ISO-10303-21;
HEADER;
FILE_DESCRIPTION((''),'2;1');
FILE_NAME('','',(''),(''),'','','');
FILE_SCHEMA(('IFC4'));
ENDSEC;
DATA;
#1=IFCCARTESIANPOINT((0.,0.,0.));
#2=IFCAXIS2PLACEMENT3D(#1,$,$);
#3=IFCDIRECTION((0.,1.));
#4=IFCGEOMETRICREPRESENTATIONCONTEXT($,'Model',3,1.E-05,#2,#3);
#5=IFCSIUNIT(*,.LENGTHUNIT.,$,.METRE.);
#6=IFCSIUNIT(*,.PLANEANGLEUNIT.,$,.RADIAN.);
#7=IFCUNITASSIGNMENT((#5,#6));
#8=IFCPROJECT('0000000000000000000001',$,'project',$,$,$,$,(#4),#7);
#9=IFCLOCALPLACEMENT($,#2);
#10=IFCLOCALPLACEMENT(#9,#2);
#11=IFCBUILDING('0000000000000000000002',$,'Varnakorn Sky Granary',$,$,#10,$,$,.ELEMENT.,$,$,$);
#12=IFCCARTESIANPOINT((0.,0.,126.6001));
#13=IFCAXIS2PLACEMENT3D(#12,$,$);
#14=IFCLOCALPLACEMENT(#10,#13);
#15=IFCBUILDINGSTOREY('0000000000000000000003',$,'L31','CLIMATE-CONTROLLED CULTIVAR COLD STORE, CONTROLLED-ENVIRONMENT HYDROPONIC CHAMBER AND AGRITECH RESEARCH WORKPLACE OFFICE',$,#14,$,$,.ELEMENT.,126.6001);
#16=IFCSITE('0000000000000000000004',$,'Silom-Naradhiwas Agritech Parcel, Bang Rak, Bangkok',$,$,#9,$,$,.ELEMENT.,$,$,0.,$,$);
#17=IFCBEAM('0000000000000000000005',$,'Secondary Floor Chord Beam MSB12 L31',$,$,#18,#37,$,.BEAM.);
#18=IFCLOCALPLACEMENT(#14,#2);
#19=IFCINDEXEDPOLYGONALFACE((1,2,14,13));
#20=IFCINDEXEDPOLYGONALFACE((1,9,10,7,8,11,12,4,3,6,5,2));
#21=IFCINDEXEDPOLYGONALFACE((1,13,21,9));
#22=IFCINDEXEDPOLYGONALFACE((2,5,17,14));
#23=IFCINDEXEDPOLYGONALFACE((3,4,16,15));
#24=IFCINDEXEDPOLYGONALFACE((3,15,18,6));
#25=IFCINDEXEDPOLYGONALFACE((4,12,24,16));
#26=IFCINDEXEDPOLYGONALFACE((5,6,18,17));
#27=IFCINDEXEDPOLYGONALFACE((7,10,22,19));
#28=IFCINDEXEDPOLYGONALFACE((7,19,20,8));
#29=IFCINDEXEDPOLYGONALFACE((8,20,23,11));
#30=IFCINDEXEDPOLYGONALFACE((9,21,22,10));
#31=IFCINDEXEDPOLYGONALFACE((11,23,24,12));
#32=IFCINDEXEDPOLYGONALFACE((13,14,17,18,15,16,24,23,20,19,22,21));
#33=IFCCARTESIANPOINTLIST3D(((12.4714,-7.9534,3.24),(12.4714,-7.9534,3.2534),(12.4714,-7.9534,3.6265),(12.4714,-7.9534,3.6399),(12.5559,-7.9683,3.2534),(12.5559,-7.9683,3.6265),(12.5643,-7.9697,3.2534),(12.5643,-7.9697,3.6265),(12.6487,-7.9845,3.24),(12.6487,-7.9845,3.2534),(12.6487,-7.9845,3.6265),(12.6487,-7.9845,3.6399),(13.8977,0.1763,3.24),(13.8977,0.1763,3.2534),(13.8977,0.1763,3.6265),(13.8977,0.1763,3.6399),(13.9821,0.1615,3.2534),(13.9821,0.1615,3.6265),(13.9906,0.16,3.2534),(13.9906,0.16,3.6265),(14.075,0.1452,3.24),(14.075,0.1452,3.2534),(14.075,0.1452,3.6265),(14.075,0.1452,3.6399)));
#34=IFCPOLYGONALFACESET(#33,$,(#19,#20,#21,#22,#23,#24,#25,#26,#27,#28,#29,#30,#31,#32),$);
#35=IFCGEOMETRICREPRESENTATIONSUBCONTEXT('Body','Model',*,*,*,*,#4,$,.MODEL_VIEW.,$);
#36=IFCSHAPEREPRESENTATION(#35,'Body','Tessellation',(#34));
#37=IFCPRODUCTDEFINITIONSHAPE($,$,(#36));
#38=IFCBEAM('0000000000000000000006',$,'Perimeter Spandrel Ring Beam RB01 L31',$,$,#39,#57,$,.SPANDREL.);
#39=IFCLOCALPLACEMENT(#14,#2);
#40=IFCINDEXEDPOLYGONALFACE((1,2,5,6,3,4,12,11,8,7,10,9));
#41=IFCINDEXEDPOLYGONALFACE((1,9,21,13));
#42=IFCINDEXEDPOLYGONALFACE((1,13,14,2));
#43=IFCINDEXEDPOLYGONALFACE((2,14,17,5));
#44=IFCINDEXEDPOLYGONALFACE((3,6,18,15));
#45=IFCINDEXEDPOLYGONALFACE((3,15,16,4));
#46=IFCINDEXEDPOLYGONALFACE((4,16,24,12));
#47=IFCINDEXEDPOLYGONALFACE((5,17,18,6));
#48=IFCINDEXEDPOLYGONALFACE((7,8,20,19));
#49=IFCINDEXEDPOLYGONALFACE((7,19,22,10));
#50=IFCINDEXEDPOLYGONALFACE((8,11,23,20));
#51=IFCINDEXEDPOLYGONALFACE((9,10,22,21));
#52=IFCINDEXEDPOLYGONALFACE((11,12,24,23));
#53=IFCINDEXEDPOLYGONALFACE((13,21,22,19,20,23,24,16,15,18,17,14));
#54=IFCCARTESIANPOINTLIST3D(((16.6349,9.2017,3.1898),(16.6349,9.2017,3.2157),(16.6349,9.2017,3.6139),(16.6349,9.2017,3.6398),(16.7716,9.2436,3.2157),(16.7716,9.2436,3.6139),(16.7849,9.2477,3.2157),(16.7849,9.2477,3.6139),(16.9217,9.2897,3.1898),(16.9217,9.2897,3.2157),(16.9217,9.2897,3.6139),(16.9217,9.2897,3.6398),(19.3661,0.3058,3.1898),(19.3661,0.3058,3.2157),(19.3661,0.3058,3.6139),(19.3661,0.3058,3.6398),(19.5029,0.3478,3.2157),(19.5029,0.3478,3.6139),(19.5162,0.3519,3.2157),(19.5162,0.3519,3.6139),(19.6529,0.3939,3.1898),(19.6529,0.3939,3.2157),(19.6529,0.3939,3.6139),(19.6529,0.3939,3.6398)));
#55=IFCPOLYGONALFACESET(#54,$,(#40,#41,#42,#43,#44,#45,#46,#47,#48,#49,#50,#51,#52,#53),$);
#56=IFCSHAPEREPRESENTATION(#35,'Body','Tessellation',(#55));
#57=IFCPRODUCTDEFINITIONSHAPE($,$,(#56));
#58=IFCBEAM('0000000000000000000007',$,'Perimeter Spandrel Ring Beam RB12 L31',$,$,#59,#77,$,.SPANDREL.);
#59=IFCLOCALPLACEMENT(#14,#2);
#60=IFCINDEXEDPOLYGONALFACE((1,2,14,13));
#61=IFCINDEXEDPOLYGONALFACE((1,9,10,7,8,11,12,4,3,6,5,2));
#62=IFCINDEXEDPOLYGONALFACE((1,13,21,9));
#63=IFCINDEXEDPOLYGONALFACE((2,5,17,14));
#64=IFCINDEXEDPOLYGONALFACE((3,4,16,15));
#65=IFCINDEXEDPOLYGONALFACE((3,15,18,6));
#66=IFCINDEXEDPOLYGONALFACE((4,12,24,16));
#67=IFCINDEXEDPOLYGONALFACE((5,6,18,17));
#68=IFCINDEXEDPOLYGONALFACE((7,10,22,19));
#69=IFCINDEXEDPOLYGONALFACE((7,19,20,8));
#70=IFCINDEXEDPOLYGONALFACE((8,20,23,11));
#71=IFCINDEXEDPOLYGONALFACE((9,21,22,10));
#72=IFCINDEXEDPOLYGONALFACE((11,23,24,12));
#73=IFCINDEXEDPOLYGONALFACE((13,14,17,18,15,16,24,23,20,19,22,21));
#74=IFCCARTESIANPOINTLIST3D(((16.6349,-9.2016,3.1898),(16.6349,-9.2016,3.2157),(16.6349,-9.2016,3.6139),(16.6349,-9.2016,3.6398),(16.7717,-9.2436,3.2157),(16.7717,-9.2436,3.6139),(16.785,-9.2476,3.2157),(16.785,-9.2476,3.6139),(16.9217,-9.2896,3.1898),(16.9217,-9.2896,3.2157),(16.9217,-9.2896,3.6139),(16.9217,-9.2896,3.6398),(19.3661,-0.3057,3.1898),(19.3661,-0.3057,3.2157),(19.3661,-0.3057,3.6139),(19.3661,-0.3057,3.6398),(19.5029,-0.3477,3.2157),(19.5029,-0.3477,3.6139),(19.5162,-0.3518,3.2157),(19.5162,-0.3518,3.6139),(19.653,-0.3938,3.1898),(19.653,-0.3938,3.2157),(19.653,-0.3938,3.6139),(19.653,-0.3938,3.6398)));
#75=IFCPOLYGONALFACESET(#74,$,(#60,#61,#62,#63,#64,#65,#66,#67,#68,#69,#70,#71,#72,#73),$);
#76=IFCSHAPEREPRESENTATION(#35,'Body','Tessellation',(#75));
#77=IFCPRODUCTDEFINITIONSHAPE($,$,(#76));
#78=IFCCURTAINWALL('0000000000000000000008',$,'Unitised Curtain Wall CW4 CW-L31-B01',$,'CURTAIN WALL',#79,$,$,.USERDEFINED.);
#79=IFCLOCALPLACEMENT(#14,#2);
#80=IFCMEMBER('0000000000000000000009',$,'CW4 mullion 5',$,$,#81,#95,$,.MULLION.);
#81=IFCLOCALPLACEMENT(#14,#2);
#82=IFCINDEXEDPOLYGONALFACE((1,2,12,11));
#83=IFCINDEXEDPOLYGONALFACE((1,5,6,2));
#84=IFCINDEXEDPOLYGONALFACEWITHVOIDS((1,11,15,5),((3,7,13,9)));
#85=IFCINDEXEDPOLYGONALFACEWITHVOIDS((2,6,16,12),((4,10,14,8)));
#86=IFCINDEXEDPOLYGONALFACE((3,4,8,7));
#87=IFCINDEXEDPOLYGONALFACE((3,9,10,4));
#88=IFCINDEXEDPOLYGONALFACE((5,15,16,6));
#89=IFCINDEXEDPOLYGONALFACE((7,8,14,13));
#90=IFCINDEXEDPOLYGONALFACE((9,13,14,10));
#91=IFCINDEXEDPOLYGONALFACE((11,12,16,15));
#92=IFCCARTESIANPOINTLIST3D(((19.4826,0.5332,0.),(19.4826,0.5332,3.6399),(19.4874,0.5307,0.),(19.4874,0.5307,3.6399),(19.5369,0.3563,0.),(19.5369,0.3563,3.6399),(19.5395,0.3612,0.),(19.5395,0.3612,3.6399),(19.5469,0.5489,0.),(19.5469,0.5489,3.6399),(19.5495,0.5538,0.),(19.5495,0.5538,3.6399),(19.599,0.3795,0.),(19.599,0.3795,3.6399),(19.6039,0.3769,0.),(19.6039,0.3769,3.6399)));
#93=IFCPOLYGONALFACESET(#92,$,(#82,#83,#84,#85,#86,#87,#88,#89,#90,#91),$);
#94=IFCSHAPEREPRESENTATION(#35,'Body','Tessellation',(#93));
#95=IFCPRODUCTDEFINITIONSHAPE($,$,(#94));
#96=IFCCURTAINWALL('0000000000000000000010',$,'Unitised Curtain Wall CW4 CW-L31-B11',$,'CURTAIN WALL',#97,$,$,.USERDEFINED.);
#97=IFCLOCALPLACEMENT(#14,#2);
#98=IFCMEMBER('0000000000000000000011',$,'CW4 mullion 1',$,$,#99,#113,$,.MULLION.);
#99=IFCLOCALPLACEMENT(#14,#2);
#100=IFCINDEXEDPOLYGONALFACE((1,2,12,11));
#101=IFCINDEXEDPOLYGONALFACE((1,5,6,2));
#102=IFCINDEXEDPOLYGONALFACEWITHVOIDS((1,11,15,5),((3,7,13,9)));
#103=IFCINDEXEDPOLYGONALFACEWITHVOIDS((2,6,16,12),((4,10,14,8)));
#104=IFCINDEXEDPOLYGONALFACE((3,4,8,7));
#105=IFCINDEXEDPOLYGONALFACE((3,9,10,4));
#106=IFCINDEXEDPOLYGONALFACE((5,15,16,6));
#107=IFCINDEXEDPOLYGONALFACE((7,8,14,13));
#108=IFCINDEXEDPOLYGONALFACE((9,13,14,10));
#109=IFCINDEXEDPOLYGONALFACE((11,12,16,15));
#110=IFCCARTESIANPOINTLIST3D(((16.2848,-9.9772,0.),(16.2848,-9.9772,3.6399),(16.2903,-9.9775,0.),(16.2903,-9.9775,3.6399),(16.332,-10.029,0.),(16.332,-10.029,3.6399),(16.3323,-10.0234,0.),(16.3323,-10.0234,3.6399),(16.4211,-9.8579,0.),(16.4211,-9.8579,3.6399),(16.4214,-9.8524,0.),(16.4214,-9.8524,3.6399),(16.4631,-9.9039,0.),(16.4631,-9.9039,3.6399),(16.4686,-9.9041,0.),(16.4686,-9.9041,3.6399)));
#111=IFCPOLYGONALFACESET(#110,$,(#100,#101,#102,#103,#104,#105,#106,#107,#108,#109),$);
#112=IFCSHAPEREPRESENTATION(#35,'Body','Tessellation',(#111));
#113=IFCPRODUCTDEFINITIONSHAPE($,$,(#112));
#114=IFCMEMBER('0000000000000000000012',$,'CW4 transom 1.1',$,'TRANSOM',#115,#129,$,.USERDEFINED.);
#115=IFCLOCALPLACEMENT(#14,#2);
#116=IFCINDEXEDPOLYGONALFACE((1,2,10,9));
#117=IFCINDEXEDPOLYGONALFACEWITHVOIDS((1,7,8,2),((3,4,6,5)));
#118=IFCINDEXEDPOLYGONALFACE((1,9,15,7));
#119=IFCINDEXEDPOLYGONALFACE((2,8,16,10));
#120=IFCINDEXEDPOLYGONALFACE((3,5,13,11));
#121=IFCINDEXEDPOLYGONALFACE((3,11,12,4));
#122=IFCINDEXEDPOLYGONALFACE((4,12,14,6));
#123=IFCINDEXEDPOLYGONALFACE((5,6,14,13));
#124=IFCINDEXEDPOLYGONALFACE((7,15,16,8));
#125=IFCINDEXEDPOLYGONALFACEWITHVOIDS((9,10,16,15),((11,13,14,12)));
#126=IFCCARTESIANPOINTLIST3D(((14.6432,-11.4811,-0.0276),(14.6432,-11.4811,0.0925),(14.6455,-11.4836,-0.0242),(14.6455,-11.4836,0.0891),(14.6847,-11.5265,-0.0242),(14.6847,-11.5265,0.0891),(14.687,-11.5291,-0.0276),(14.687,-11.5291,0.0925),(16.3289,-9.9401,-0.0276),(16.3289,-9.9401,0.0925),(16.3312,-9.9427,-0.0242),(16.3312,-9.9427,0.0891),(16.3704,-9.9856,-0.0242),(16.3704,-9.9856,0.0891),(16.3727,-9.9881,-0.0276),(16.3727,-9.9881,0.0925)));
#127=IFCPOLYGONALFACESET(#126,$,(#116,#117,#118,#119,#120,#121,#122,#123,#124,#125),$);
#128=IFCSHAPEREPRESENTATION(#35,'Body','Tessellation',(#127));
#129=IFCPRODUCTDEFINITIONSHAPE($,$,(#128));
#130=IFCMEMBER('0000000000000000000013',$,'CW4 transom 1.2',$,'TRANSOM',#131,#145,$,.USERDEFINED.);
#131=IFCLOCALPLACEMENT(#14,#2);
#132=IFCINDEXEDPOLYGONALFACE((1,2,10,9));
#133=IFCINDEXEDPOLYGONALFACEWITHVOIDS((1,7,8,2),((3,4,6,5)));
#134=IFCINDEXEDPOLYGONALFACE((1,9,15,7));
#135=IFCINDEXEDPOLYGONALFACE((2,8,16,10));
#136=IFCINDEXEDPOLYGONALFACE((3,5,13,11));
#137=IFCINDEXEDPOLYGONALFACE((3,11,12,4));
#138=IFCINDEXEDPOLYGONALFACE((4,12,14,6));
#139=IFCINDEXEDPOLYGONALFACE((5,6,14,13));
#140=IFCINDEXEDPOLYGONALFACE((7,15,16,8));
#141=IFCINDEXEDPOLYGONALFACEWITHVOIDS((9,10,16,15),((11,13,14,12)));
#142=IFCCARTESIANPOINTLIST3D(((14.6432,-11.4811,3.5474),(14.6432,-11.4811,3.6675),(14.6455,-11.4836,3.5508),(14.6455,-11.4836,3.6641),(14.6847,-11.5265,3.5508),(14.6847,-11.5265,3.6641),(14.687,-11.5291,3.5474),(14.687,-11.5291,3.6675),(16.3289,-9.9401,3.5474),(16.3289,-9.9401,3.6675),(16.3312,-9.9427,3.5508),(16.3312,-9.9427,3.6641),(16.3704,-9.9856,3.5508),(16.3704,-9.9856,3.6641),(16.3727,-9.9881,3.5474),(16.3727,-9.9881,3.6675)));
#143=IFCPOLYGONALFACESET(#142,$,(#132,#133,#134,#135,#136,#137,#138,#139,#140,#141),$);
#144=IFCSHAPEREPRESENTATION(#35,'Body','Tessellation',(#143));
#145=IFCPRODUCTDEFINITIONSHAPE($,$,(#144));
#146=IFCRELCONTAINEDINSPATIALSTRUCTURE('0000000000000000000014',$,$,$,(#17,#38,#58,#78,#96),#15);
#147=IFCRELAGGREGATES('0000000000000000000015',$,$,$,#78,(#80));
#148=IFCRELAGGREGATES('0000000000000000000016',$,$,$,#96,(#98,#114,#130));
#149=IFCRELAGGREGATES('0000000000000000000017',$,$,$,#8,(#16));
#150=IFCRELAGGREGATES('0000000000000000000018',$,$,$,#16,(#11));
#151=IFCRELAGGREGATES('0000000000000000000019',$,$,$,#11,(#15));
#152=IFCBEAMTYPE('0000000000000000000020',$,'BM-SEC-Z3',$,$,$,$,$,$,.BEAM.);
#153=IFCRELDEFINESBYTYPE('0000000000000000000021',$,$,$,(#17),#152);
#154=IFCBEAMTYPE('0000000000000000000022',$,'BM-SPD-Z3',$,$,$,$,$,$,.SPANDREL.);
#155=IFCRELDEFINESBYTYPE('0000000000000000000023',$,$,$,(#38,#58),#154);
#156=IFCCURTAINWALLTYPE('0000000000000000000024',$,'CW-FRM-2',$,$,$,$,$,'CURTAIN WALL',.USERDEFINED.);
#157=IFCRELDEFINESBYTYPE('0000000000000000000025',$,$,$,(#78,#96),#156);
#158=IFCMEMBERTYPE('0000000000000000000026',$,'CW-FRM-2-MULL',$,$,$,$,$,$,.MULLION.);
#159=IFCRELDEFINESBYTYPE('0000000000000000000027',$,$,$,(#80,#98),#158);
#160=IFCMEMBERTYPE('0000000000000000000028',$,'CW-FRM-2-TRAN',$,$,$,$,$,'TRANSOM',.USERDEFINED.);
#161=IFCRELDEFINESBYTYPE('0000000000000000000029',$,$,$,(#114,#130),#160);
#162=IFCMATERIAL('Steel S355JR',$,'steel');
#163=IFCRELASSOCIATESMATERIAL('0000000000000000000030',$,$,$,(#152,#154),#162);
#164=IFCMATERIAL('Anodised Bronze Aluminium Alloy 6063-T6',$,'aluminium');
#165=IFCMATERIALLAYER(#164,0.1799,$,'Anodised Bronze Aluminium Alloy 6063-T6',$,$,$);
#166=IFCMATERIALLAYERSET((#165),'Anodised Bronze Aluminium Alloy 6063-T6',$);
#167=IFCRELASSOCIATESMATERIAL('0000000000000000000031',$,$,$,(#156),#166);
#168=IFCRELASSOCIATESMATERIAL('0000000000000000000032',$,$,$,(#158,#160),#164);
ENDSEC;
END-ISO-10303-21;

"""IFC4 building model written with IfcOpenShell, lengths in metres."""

from ifc_helpers import new_model, si_unit, direction, frame, origin, origin_2d, place, context, subcontext, project, spatial, hollow_rectangle, i_section, extrude, material, layer, layer_set, material_profile, profile_set, type_object, element, aggregate, save


model = new_model("IFC4")

# Units and contexts
model_context = context("Model", 3, precision=1e-05, world=origin(), true_north=direction((0.0, 1.0)))
body_context = subcontext(model_context, "Body", "Model", "MODEL_VIEW")
ifc_project = project(units=[si_unit("LENGTHUNIT", "METRE"), si_unit("PLANEANGLEUNIT", "RADIAN")], contexts=[model_context])

# Site, building, storey
site_placement = place(None, origin())
site = spatial("IfcSite", under=ifc_project, at=site_placement, Name="Silom-Naradhiwas Agritech Parcel, Bang Rak, Bangkok", CompositionType="ELEMENT", RefElevation=0.0)
building_placement = place(site_placement, origin())
building = spatial("IfcBuilding", under=site, at=building_placement, Name="Varnakorn Sky Granary", CompositionType="ELEMENT")
storey_placement = place(building_placement, frame((0.0, 0.0, 126.6001)))
storey = spatial("IfcBuildingStorey", under=building, at=storey_placement, Name="L31", Description="CLIMATE-CONTROLLED CULTIVAR COLD STORE, CONTROLLED-ENVIRONMENT HYDROPONIC CHAMBER AND AGRITECH RESEARCH WORKPLACE OFFICE", CompositionType="ELEMENT", Elevation=126.6001)

# Beams
ifc_material_1 = material(Name="Steel S355JR", Category="steel")
ifc_material_profile_1 = material_profile(ifc_material_1, i_section(OverallWidth=0.1799, OverallDepth=0.3999, WebThickness=0.0085, FlangeThickness=0.0134, at=origin_2d()), Name="IPE 400")
ifc_profile_set_1 = profile_set([ifc_material_profile_1], Name="Steel S355JR")
beam_type_1 = type_object("IfcBeamType", Name="BM-SEC-Z3", PredefinedType="BEAM", material=ifc_profile_set_1)
beam_1_placement = place(storey_placement, frame((12.5601, -7.969, 3.4399), z_axis=(0.172801, 0.984957, 0.0), x_axis=(-0.984957, 0.172801, 0.0)))
element("IfcBeam", 1, at=beam_1_placement, inside=storey, type_object=beam_type_1, Name="Secondary Floor Chord Beam MSB12 L31", PredefinedType="BEAM", context=body_context, shape_type="SweptSolid", body=[
    extrude(i_section(OverallWidth=0.1799, OverallDepth=0.3999, WebThickness=0.0085, FlangeThickness=0.0134, at=origin_2d()), origin(), (0.0, 0.0, 1.0), 8.2539),
])
ifc_material_profile_2 = material_profile(ifc_material_1, i_section(OverallWidth=0.3, OverallDepth=0.45, WebThickness=0.0139, FlangeThickness=0.0259, at=origin_2d()), Name="HE 450 B")
ifc_profile_set_2 = profile_set([ifc_material_profile_2], Name="Steel S355JR")
beam_type_2 = type_object("IfcBeamType", Name="BM-SPD-Z3", PredefinedType="SPANDREL", material=ifc_profile_set_2)
for number, where, z_axis, x_axis, name in (
    (2, (19.5095, 0.3499, 3.4148), (-0.293501, 0.955959, 0.0), (-0.955959, -0.293501, 0.0), "Perimeter Spandrel Ring Beam RB01 L31"),
    (3, (16.7783, -9.2456, 3.4148), (0.293501, 0.955959, 0.0), (-0.955959, 0.293501, 0.0), "Perimeter Spandrel Ring Beam RB12 L31"),
):
    element("IfcBeam", number, at=place(storey_placement, frame(where, z_axis=z_axis, x_axis=x_axis)), inside=storey, type_object=beam_type_2, Name=name, PredefinedType="SPANDREL", context=body_context, shape_type="SweptSolid", body=[
        extrude(i_section(OverallWidth=0.3, OverallDepth=0.45, WebThickness=0.0139, FlangeThickness=0.0259, at=origin_2d()), origin(), (0.0, 0.0, 1.0), 9.3057),
    ])

# Curtain wall, member
ifc_material_2 = material(Name="Anodised Bronze Aluminium Alloy 6063-T6", Category="aluminium")
ifc_layer_1 = layer(ifc_material_2, 0.1799, Name="Anodised Bronze Aluminium Alloy 6063-T6")
ifc_layer_set_1 = layer_set([ifc_layer_1], Name="Anodised Bronze Aluminium Alloy 6063-T6")
curtain_wall_type = type_object("IfcCurtainWallType", Name="CW-FRM-2", ElementType="CURTAIN WALL", PredefinedType="USERDEFINED", material=ifc_layer_set_1)
curtain_wall_1_placement = place(storey_placement, origin())
curtain_wall_1 = element("IfcCurtainWall", 4, at=curtain_wall_1_placement, inside=storey, type_object=curtain_wall_type, Name="Unitised Curtain Wall CW4 CW-L31-B01", ObjectType="CURTAIN WALL", PredefinedType="USERDEFINED")
ifc_material_profile_3 = material_profile(ifc_material_2, hollow_rectangle(XDim=0.0701, YDim=0.1851, WallThickness=0.0039, at=origin_2d()), Name="ALU MULL 70x185")
ifc_profile_set_3 = profile_set([ifc_material_profile_3], Name="Anodised Bronze Aluminium Alloy 6063-T6")
member_type_1 = type_object("IfcMemberType", Name="CW-FRM-2-MULL", PredefinedType="MULLION", material=ifc_profile_set_3)
member_1_placement = place(storey_placement, frame((19.5432, 0.4551, 0.0), z_axis=(0.0, 0.0, 1.0), x_axis=(0.955917, 0.293638, 0.0)))
member_1 = element("IfcMember", 5, at=member_1_placement, type_object=member_type_1, Name="CW4 mullion 5", PredefinedType="MULLION", context=body_context, shape_type="SweptSolid", body=[
    extrude(hollow_rectangle(XDim=0.0701, YDim=0.1851, WallThickness=0.0039, at=origin_2d()), origin(), (0.0, 0.0, 1.0), 3.6399),
])
aggregate(curtain_wall_1, [member_1])

# Curtain wall, members
curtain_wall_2_placement = place(storey_placement, origin())
curtain_wall_2 = element("IfcCurtainWall", 6, at=curtain_wall_2_placement, inside=storey, type_object=curtain_wall_type, Name="Unitised Curtain Wall CW4 CW-L31-B11", ObjectType="CURTAIN WALL", PredefinedType="USERDEFINED")
member_2_placement = place(storey_placement, frame((16.3767, -9.9407, 0.0), z_axis=(0.0, 0.0, 1.0), x_axis=(0.674681, -0.73811, 0.0)))
member_2 = element("IfcMember", 7, at=member_2_placement, type_object=member_type_1, Name="CW4 mullion 1", PredefinedType="MULLION", context=body_context, shape_type="SweptSolid", body=[
    extrude(hollow_rectangle(XDim=0.0701, YDim=0.1851, WallThickness=0.0039, at=origin_2d()), origin(), (0.0, 0.0, 1.0), 3.6399),
])
ifc_material_profile_4 = material_profile(ifc_material_2, hollow_rectangle(XDim=0.0649, YDim=0.1201, WallThickness=0.0034, at=origin_2d()), Name="ALU TRAN 65x120")
ifc_profile_set_4 = profile_set([ifc_material_profile_4], Name="Anodised Bronze Aluminium Alloy 6063-T6")
member_type_2 = type_object("IfcMemberType", Name="CW-FRM-2-TRAN", ElementType="TRANSOM", PredefinedType="USERDEFINED", material=ifc_profile_set_4)
member_3_placement = place(storey_placement, frame((16.3508, -9.9641, 0.0325), z_axis=(-0.73809, -0.674703, 0.0), x_axis=(0.674703, -0.73809, 0.0)))
member_3 = element("IfcMember", 8, at=member_3_placement, type_object=member_type_2, Name="CW4 transom 1.1", ObjectType="TRANSOM", PredefinedType="USERDEFINED", context=body_context, shape_type="SweptSolid", body=[
    extrude(hollow_rectangle(XDim=0.0649, YDim=0.1201, WallThickness=0.0034, at=origin_2d()), origin(), (0.0, 0.0, 1.0), 2.2839),
])
member_4_placement = place(storey_placement, frame((16.3508, -9.9641, 3.6074), z_axis=(-0.73809, -0.674703, 0.0), x_axis=(0.674703, -0.73809, 0.0)))
member_4 = element("IfcMember", 9, at=member_4_placement, type_object=member_type_2, Name="CW4 transom 1.2", ObjectType="TRANSOM", PredefinedType="USERDEFINED", context=body_context, shape_type="SweptSolid", body=[
    extrude(hollow_rectangle(XDim=0.0649, YDim=0.1201, WallThickness=0.0034, at=origin_2d()), origin(), (0.0, 0.0, 1.0), 2.2839),
])

aggregate(curtain_wall_2, [member_2, member_3, member_4])

save(model, "model.ifc")
